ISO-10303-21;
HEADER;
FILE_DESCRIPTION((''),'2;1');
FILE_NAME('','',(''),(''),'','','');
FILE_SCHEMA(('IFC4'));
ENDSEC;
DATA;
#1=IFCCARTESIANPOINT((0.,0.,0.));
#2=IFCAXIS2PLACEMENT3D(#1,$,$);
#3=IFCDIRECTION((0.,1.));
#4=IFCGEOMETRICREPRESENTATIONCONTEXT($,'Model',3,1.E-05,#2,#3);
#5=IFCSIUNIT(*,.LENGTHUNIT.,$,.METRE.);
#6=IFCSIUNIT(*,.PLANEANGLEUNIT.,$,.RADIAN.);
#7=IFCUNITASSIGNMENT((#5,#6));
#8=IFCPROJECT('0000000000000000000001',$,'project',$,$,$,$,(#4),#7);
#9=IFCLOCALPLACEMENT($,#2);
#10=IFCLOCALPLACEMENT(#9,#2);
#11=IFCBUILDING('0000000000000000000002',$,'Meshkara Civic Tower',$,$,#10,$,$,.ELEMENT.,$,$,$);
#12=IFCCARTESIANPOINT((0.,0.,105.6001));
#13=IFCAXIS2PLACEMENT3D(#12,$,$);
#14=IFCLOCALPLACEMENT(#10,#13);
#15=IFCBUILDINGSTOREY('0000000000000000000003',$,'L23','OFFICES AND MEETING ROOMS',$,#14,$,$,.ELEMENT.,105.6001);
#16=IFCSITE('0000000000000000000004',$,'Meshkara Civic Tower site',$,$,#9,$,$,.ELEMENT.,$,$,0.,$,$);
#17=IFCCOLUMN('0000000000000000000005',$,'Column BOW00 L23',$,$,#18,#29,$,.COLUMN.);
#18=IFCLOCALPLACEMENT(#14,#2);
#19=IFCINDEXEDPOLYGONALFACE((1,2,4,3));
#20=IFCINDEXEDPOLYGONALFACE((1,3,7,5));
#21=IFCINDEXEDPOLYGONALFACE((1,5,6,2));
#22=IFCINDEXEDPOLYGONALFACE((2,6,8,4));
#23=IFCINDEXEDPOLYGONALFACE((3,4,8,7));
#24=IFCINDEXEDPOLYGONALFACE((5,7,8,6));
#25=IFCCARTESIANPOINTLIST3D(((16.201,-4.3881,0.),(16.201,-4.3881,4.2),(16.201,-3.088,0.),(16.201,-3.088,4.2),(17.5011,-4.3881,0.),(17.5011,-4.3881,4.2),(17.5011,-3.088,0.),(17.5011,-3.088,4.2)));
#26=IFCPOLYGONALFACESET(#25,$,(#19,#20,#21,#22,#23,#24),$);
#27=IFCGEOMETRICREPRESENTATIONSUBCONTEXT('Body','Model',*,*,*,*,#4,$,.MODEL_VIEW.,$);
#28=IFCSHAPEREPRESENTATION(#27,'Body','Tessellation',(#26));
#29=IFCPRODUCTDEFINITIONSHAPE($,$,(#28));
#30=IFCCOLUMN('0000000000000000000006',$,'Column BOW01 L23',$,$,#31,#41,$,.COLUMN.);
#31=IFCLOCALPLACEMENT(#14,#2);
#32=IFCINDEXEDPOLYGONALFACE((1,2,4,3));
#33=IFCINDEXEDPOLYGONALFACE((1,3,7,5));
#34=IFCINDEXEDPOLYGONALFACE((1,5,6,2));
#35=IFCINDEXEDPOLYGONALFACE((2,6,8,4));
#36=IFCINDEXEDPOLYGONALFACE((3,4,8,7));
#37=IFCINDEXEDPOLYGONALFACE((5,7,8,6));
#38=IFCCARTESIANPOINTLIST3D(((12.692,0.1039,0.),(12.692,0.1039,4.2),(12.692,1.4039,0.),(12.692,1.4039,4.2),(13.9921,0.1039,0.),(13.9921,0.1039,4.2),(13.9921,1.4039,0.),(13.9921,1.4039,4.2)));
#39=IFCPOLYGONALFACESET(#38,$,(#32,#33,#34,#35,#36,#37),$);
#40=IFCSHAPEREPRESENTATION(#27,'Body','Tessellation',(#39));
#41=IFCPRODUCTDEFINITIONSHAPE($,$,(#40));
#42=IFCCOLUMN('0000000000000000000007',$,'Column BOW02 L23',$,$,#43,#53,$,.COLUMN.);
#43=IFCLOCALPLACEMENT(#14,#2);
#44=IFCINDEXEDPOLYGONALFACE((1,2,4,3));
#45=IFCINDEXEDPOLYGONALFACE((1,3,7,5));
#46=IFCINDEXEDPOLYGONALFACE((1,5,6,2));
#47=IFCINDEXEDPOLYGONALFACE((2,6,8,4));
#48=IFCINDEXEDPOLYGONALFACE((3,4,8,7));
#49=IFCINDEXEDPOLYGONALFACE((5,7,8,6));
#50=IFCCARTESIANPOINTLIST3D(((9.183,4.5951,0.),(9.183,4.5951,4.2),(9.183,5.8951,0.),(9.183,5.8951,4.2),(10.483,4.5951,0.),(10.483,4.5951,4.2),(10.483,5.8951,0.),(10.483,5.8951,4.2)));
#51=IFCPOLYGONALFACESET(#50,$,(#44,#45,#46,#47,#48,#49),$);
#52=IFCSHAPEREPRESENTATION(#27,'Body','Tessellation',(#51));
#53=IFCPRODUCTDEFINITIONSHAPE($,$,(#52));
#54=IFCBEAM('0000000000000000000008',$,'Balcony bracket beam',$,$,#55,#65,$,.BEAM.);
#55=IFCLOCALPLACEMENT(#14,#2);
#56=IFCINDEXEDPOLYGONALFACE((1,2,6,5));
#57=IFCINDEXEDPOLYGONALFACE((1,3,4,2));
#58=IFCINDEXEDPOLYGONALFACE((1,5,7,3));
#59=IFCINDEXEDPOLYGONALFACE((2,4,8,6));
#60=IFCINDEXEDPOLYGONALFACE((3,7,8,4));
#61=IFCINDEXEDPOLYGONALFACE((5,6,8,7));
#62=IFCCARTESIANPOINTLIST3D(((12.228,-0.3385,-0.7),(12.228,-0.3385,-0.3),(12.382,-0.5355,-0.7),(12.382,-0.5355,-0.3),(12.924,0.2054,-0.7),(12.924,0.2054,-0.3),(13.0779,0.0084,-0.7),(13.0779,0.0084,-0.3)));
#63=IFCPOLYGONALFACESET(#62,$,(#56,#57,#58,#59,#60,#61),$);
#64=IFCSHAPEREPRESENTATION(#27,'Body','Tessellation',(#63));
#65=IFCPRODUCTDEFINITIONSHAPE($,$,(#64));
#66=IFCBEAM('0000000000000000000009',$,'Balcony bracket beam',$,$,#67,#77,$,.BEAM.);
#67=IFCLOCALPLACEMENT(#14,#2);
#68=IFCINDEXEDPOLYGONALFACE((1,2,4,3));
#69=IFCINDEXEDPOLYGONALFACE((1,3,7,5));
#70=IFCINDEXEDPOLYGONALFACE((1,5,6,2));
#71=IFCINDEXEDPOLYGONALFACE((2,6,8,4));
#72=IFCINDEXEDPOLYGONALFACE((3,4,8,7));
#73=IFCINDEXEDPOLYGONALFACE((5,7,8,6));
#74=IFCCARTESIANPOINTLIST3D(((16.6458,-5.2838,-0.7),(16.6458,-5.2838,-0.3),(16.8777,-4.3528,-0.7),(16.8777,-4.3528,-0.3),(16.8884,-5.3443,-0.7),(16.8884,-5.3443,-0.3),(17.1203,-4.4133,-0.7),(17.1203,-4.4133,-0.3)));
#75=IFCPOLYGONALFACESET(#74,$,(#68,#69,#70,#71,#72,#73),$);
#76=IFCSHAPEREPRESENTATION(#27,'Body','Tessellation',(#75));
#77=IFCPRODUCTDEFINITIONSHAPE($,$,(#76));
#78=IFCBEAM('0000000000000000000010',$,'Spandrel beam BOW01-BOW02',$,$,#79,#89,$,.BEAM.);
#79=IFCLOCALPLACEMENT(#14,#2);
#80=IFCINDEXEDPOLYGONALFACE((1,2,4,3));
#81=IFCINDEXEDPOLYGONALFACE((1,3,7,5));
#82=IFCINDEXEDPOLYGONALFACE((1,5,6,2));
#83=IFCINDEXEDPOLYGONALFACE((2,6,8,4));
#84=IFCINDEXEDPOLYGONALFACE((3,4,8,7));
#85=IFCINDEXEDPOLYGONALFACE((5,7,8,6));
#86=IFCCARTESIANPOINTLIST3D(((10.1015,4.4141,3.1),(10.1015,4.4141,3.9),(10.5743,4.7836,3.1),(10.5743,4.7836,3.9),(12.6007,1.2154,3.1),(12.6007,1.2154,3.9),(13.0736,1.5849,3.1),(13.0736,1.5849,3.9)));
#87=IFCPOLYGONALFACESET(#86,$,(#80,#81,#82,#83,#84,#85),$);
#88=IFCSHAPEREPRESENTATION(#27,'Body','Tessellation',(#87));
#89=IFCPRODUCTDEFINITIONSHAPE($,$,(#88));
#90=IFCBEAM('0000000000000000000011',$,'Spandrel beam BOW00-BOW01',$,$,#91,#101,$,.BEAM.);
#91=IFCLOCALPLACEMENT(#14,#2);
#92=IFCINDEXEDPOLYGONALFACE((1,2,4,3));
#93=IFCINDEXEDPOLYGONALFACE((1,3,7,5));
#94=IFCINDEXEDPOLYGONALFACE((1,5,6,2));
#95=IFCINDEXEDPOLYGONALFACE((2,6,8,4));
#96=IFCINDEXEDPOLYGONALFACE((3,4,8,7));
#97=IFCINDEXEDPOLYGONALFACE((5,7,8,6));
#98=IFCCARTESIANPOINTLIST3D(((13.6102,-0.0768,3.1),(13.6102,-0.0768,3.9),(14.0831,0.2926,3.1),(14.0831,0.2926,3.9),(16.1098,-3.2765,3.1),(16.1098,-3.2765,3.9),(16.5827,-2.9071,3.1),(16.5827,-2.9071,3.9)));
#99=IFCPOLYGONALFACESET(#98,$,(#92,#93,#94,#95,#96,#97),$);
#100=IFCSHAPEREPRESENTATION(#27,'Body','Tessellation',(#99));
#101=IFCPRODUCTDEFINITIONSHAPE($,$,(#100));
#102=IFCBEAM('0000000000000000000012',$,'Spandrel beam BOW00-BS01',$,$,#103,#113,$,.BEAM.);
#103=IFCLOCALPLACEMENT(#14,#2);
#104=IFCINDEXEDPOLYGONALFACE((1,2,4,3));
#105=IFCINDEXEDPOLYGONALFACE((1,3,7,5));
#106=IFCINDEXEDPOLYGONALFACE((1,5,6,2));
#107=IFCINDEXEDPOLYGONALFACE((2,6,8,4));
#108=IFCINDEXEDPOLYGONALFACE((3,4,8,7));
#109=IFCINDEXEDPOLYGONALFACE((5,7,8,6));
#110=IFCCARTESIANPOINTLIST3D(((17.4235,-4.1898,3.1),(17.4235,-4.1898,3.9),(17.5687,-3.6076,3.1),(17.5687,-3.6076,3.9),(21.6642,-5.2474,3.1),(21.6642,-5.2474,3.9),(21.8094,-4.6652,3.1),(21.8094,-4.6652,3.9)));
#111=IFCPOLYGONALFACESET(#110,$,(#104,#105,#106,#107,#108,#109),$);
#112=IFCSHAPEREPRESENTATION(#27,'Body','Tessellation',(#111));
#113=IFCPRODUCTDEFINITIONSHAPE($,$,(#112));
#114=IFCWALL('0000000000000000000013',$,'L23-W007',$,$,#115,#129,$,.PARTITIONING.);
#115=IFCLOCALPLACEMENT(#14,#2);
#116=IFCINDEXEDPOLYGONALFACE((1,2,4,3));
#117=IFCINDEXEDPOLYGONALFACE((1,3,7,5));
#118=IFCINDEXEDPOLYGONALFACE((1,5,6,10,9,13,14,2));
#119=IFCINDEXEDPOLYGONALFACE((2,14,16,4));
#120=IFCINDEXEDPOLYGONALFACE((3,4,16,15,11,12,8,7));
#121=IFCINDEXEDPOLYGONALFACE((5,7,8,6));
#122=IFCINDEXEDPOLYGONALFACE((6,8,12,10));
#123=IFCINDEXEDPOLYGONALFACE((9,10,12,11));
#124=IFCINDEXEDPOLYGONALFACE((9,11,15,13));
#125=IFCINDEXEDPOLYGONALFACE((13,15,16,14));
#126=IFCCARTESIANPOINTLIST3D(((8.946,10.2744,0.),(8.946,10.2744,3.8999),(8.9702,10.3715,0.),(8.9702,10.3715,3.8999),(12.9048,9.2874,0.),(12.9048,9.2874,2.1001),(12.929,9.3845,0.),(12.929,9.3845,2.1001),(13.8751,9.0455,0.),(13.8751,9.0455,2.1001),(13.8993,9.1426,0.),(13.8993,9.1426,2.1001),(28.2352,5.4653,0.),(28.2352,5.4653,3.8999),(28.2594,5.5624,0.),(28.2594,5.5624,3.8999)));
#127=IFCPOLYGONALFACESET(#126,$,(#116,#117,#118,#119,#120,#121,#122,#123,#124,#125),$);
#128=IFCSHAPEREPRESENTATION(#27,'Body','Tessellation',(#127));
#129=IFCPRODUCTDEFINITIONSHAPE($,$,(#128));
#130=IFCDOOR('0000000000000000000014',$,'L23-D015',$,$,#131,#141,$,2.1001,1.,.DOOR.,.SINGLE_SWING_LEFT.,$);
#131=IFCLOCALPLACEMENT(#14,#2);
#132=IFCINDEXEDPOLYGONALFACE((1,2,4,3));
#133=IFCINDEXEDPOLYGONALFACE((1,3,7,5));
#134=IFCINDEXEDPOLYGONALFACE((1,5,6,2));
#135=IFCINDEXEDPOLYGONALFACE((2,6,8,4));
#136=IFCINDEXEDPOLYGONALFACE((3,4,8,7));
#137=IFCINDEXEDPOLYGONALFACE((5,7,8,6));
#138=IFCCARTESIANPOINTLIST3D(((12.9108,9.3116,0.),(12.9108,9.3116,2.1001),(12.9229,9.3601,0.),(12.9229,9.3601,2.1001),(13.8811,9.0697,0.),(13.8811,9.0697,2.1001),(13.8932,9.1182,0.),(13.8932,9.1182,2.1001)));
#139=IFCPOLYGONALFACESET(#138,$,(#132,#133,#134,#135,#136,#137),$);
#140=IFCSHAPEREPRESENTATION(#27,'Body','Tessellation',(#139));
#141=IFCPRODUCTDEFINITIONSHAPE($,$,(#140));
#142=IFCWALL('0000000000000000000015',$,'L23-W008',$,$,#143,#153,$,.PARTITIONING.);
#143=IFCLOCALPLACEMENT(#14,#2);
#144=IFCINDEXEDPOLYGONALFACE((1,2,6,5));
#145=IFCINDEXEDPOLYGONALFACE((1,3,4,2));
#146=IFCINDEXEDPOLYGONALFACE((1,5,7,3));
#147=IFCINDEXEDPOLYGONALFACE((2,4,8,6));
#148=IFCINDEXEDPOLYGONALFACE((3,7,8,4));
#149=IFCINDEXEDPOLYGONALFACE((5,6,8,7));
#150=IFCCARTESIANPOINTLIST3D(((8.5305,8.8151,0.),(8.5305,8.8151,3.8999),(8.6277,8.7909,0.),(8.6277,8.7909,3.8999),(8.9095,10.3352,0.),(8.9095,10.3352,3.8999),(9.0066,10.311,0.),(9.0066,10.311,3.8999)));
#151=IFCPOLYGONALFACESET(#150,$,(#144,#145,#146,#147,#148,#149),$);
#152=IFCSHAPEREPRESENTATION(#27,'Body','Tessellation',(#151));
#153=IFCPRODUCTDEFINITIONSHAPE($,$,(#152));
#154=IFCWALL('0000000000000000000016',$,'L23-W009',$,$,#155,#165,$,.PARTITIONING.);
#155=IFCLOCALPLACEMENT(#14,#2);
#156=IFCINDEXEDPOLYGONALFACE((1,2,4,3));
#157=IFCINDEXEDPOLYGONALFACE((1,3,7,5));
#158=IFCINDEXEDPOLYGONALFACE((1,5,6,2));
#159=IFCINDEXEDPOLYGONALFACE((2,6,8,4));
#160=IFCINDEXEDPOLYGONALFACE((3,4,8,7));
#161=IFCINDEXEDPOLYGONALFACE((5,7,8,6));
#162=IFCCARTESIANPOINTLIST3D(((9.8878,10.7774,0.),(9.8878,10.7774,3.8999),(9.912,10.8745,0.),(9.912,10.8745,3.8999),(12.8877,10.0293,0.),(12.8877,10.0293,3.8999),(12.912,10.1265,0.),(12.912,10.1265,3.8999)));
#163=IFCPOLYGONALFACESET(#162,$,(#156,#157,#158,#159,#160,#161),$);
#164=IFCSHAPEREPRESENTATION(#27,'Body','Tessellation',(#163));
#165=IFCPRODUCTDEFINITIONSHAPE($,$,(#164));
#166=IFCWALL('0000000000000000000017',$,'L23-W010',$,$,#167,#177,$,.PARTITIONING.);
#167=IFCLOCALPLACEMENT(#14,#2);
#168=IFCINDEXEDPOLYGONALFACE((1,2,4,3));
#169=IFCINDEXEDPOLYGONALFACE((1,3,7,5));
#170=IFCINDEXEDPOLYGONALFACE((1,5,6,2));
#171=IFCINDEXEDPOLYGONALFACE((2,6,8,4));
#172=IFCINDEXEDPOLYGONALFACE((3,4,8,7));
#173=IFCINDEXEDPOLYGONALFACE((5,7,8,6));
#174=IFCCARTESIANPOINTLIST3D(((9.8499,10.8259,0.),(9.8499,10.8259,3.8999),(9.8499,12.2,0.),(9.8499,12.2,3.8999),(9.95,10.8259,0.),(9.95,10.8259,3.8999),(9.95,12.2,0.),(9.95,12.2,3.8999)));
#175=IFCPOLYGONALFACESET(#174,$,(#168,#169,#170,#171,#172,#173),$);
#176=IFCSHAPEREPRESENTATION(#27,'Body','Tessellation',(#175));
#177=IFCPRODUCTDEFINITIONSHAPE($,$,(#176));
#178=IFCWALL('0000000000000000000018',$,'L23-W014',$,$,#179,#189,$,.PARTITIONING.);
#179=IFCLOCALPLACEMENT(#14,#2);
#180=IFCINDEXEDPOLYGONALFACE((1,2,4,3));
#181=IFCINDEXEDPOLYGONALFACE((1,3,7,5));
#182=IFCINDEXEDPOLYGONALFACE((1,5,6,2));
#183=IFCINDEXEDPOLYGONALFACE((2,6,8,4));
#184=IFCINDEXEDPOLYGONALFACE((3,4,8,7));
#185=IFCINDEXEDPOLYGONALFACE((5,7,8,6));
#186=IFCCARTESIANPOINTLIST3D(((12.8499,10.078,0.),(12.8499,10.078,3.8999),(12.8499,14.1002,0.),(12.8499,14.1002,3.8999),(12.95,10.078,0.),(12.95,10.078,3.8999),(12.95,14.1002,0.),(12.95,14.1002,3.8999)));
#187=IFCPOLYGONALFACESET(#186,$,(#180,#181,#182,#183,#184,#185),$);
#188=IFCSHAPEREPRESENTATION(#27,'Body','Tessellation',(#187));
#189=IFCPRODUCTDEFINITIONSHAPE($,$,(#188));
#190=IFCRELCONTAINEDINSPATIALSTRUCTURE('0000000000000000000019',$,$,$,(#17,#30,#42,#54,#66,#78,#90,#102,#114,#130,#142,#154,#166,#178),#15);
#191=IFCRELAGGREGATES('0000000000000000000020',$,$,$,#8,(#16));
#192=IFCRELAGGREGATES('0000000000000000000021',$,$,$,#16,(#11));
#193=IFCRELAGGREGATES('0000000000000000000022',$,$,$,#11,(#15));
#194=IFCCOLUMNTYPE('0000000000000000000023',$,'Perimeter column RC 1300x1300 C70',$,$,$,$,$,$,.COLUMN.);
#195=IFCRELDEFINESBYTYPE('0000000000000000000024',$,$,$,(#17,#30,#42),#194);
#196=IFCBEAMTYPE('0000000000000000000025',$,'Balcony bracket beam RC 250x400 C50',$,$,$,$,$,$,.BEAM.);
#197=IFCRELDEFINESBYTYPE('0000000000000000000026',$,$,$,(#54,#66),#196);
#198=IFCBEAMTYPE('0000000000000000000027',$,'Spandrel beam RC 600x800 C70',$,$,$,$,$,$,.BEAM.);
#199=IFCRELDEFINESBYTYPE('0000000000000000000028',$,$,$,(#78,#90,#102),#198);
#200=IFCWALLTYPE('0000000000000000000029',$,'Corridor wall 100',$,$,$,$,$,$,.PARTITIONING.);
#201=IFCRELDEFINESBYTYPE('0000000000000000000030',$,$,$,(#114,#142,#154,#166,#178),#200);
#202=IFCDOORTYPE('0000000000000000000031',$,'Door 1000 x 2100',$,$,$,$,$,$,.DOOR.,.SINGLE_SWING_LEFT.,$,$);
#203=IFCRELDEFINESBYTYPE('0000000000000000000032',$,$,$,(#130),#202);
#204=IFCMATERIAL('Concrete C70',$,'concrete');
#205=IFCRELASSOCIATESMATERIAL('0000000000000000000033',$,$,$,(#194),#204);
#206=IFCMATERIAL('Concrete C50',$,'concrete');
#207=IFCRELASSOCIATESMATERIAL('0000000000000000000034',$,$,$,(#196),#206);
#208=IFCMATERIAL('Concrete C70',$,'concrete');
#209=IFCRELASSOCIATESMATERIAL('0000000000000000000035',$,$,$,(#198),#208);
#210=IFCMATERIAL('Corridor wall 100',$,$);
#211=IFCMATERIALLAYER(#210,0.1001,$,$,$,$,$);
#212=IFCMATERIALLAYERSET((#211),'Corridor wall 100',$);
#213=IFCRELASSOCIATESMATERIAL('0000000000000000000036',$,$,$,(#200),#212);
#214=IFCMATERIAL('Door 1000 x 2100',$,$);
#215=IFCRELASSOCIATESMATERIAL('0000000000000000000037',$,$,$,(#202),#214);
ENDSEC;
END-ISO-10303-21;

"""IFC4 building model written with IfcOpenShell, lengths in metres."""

from ifc_helpers import new_model, si_unit, direction, frame, frame_2d, origin, origin_2d, place, context, subcontext, project, spatial, rectangle, extrude, material, layer, layer_set, material_profile, profile_set, type_object, element, fill, save


model = new_model("IFC4")

# Units and contexts
model_context = context("Model", 3, precision=1e-05, world=origin(), true_north=direction((0.0, 1.0)))
body_context = subcontext(model_context, "Body", "Model", "MODEL_VIEW")
ifc_project = project(units=[si_unit("LENGTHUNIT", "METRE"), si_unit("PLANEANGLEUNIT", "RADIAN")], contexts=[model_context])

# Site, building, storey
site_placement = place(None, origin())
site = spatial("IfcSite", under=ifc_project, at=site_placement, Name="Meshkara Civic Tower site", CompositionType="ELEMENT", RefElevation=0.0)
building_placement = place(site_placement, origin())
building = spatial("IfcBuilding", under=site, at=building_placement, Name="Meshkara Civic Tower", CompositionType="ELEMENT")
storey_placement = place(building_placement, frame((0.0, 0.0, 105.6001)))
storey = spatial("IfcBuildingStorey", under=building, at=storey_placement, Name="L23", Description="OFFICES AND MEETING ROOMS", CompositionType="ELEMENT", Elevation=105.6001)

# Columns
ifc_material_1 = material(Name="Concrete C70", Category="concrete")
ifc_material_profile_1 = material_profile(ifc_material_1, rectangle(XDim=1.3, YDim=1.3, at=origin_2d()))
ifc_profile_set_1 = profile_set([ifc_material_profile_1], Name="Concrete C70")
column_type = type_object("IfcColumnType", Name="Perimeter column RC 1300x1300 C70", PredefinedType="COLUMN", material=ifc_profile_set_1)
for number, where, z_axis, x_axis, name in (
    (1, (16.8511, -3.738, 0.0), (0.0, 0.0, 1.0), (1.0, 0.0, 0.0), "Column BOW00 L23"),
    (2, (13.342, 0.7539, 0.0), (0.0, 0.0, 1.0), (1.0, 0.0, 0.0), "Column BOW01 L23"),
    (3, (9.833, 5.2451, 0.0), (0.0, 0.0, 1.0), (1.0, 0.0, 0.0), "Column BOW02 L23"),
):
    element("IfcColumn", number, at=place(storey_placement, frame(where, z_axis=z_axis, x_axis=x_axis)), inside=storey, type_object=column_type, Name=name, PredefinedType="COLUMN", context=body_context, shape_type="SweptSolid", body=[
        extrude(rectangle(XDim=1.3, YDim=1.3, at=origin_2d()), origin(), (0.0, 0.0, 1.0), 4.2),
    ])

# Beams
ifc_material_2 = material(Name="Concrete C50", Category="concrete")
ifc_material_profile_2 = material_profile(ifc_material_2, rectangle(XDim=0.25, YDim=0.3999, at=origin_2d()))
ifc_profile_set_2 = profile_set([ifc_material_profile_2], Name="Concrete C50")
beam_type_1 = type_object("IfcBeamType", Name="Balcony bracket beam RC 250x400 C50", PredefinedType="BEAM", material=ifc_profile_set_2)
beam_1_placement = place(storey_placement, frame((13.001, 0.1069, -0.5), z_axis=(-0.787936, -0.615757, 0.0), x_axis=(0.615757, -0.787936, 0.0)))
element("IfcBeam", 4, at=beam_1_placement, inside=storey, type_object=beam_type_1, Name="Balcony bracket beam", PredefinedType="BEAM", context=body_context, shape_type="SweptSolid", body=[
    extrude(rectangle(XDim=0.25, YDim=0.3999, at=origin_2d()), origin(), (0.0, 0.0, 1.0), 0.8833),
])
beam_2_placement = place(storey_placement, frame((16.999, -4.3831, -0.5), z_axis=(-0.241757, -0.970337, 0.0), x_axis=(0.970337, -0.241757, 0.0)))
element("IfcBeam", 5, at=beam_2_placement, inside=storey, type_object=beam_type_1, Name="Balcony bracket beam", PredefinedType="BEAM", context=body_context, shape_type="SweptSolid", body=[
    extrude(rectangle(XDim=0.25, YDim=0.3999, at=origin_2d()), origin(), (0.0, 0.0, 1.0), 0.9595),
])
ifc_material_3 = material(Name="Concrete C70", Category="concrete")
ifc_material_profile_3 = material_profile(ifc_material_3, rectangle(XDim=0.6001, YDim=0.8, at=origin_2d()))
ifc_profile_set_3 = profile_set([ifc_material_profile_3], Name="Concrete C70")
beam_type_2 = type_object("IfcBeamType", Name="Spandrel beam RC 600x800 C70", PredefinedType="BEAM", material=ifc_profile_set_3)
beam_3_placement = place(storey_placement, frame((10.3379, 4.5989, 3.5), z_axis=(0.615684, -0.787993, 0.0), x_axis=(0.787993, 0.615684, 0.0)))
element("IfcBeam", 6, at=beam_3_placement, inside=storey, type_object=beam_type_2, Name="Spandrel beam BOW01-BOW02", PredefinedType="BEAM", context=body_context, shape_type="SweptSolid", body=[
    extrude(rectangle(XDim=0.6001, YDim=0.8, at=origin_2d()), origin(), (0.0, 0.0, 1.0), 4.0593),
])
beam_4_placement = place(storey_placement, frame((13.8467, 0.1079, 3.5), z_axis=(0.615604, -0.788055, 0.0), x_axis=(0.788055, 0.615604, 0.0)))
element("IfcBeam", 7, at=beam_4_placement, inside=storey, type_object=beam_type_2, Name="Spandrel beam BOW00-BOW01", PredefinedType="BEAM", context=body_context, shape_type="SweptSolid", body=[
    extrude(rectangle(XDim=0.6001, YDim=0.8, at=origin_2d()), origin(), (0.0, 0.0, 1.0), 4.0603),
])
beam_5_placement = place(storey_placement, frame((17.4961, -3.8987, 3.5), z_axis=(0.97028, -0.241984, 0.0), x_axis=(0.241984, 0.97028, 0.0)))
element("IfcBeam", 8, at=beam_5_placement, inside=storey, type_object=beam_type_2, Name="Spandrel beam BOW00-BS01", PredefinedType="BEAM", context=body_context, shape_type="SweptSolid", body=[
    extrude(rectangle(XDim=0.6001, YDim=0.8, at=origin_2d()), origin(), (0.0, 0.0, 1.0), 4.3706),
])

# Wall, opening, door
ifc_material_4 = material(Name="Corridor wall 100")
ifc_layer_1 = layer(ifc_material_4, 0.1001)
ifc_layer_set_1 = layer_set([ifc_layer_1], Name="Corridor wall 100")
wall_type_1 = type_object("IfcWallType", Name="Corridor wall 100", PredefinedType="PARTITIONING", material=ifc_layer_set_1)
wall_1_placement = place(storey_placement, frame((8.958, 10.323, 0.0), z_axis=(0.0, 0.0, 1.0), x_axis=(0.970298, -0.241911, 0.0)))
wall_1 = element("IfcWall", 9, at=wall_1_placement, inside=storey, type_object=wall_type_1, Name="L23-W007", PredefinedType="PARTITIONING", context=body_context, shape_type="SweptSolid", body=[
    extrude(rectangle(XDim=19.8796, YDim=0.1001, at=frame_2d((9.9399, 0.0))), origin(), (0.0, 0.0, 1.0), 3.8999),
])
opening_1_placement = place(wall_1_placement, frame((4.0801, 0.0, 0.0)))
opening_1 = element("IfcOpeningElement", 10, at=opening_1_placement, cuts=wall_1, PredefinedType="OPENING", context=body_context, shape_type="SweptSolid", body=[
    extrude(rectangle(XDim=1.0, YDim=2.1001, at=frame_2d((0.5, 1.05))), frame((0.0, 0.0601, 0.0), z_axis=(0.0, -1.0, 0.0), x_axis=(1.0, 0.0, 0.0)), (0.0, 0.0, 1.0), 0.1201),
])
ifc_material_5 = material(Name="Door 1000 x 2100")
door_type_1 = type_object("IfcDoorType", Name="Door 1000 x 2100", OperationType="SINGLE_SWING_LEFT", PredefinedType="DOOR", material=ifc_material_5)
door_1_placement = place(opening_1_placement, origin())
door_1 = element("IfcDoor", 11, at=door_1_placement, inside=storey, type_object=door_type_1, Name="L23-D015", OperationType="SINGLE_SWING_LEFT", OverallHeight=2.1001, OverallWidth=1.0, PredefinedType="DOOR", context=body_context, shape_type="SweptSolid", body=[
    extrude(rectangle(XDim=1.0, YDim=2.1001, at=frame_2d((0.5, 1.05))), frame((0.0, 0.0249, 0.0), z_axis=(0.0, -1.0, 0.0), x_axis=(1.0, 0.0, 0.0)), (0.0, 0.0, 1.0), 0.05),
])
fill(opening_1, door_1)

# Walls
wall_2_placement = place(storey_placement, frame((8.958, 10.323, 0.0), z_axis=(0.0, 0.0, 1.0), x_axis=(-0.241876, -0.970307, 0.0)))
element("IfcWall", 12, at=wall_2_placement, inside=storey, type_object=wall_type_1, Name="L23-W008", PredefinedType="PARTITIONING", context=body_context, shape_type="SweptSolid", body=[
    extrude(rectangle(XDim=1.5667, YDim=0.1001, at=frame_2d((0.7832, 0.0))), origin(), (0.0, 0.0, 1.0), 3.8999),
])
wall_3_placement = place(storey_placement, frame((9.8999, 10.8259, 0.0), z_axis=(0.0, 0.0, 1.0), x_axis=(0.970291, -0.241941, 0.0)))
element("IfcWall", 13, at=wall_3_placement, inside=storey, type_object=wall_type_1, Name="L23-W009", PredefinedType="PARTITIONING", context=body_context, shape_type="SweptSolid", body=[
    extrude(rectangle(XDim=3.0918, YDim=0.1001, at=frame_2d((1.5459, 0.0))), origin(), (0.0, 0.0, 1.0), 3.8999),
])
wall_4_placement = place(storey_placement, frame((9.8999, 12.2, 0.0), z_axis=(0.0, 0.0, 1.0), x_axis=(0.0, -1.0, 0.0)))
element("IfcWall", 14, at=wall_4_placement, inside=storey, type_object=wall_type_1, Name="L23-W010", PredefinedType="PARTITIONING", context=body_context, shape_type="SweptSolid", body=[
    extrude(rectangle(XDim=1.374, YDim=0.1001, at=frame_2d((0.687, 0.0))), origin(), (0.0, 0.0, 1.0), 3.8999),
])
wall_5_placement = place(storey_placement, frame((12.8999, 10.0779, 0.0), z_axis=(0.0, 0.0, 1.0), x_axis=(0.0, 1.0, 0.0)))
element("IfcWall", 15, at=wall_5_placement, inside=storey, type_object=wall_type_1, Name="L23-W014", PredefinedType="PARTITIONING", context=body_context, shape_type="SweptSolid", body=[
    extrude(rectangle(XDim=4.0222, YDim=0.1001, at=frame_2d((2.0112, 0.0))), origin(), (0.0, 0.0, 1.0), 3.8999),
])

save(model, "model.ifc")
